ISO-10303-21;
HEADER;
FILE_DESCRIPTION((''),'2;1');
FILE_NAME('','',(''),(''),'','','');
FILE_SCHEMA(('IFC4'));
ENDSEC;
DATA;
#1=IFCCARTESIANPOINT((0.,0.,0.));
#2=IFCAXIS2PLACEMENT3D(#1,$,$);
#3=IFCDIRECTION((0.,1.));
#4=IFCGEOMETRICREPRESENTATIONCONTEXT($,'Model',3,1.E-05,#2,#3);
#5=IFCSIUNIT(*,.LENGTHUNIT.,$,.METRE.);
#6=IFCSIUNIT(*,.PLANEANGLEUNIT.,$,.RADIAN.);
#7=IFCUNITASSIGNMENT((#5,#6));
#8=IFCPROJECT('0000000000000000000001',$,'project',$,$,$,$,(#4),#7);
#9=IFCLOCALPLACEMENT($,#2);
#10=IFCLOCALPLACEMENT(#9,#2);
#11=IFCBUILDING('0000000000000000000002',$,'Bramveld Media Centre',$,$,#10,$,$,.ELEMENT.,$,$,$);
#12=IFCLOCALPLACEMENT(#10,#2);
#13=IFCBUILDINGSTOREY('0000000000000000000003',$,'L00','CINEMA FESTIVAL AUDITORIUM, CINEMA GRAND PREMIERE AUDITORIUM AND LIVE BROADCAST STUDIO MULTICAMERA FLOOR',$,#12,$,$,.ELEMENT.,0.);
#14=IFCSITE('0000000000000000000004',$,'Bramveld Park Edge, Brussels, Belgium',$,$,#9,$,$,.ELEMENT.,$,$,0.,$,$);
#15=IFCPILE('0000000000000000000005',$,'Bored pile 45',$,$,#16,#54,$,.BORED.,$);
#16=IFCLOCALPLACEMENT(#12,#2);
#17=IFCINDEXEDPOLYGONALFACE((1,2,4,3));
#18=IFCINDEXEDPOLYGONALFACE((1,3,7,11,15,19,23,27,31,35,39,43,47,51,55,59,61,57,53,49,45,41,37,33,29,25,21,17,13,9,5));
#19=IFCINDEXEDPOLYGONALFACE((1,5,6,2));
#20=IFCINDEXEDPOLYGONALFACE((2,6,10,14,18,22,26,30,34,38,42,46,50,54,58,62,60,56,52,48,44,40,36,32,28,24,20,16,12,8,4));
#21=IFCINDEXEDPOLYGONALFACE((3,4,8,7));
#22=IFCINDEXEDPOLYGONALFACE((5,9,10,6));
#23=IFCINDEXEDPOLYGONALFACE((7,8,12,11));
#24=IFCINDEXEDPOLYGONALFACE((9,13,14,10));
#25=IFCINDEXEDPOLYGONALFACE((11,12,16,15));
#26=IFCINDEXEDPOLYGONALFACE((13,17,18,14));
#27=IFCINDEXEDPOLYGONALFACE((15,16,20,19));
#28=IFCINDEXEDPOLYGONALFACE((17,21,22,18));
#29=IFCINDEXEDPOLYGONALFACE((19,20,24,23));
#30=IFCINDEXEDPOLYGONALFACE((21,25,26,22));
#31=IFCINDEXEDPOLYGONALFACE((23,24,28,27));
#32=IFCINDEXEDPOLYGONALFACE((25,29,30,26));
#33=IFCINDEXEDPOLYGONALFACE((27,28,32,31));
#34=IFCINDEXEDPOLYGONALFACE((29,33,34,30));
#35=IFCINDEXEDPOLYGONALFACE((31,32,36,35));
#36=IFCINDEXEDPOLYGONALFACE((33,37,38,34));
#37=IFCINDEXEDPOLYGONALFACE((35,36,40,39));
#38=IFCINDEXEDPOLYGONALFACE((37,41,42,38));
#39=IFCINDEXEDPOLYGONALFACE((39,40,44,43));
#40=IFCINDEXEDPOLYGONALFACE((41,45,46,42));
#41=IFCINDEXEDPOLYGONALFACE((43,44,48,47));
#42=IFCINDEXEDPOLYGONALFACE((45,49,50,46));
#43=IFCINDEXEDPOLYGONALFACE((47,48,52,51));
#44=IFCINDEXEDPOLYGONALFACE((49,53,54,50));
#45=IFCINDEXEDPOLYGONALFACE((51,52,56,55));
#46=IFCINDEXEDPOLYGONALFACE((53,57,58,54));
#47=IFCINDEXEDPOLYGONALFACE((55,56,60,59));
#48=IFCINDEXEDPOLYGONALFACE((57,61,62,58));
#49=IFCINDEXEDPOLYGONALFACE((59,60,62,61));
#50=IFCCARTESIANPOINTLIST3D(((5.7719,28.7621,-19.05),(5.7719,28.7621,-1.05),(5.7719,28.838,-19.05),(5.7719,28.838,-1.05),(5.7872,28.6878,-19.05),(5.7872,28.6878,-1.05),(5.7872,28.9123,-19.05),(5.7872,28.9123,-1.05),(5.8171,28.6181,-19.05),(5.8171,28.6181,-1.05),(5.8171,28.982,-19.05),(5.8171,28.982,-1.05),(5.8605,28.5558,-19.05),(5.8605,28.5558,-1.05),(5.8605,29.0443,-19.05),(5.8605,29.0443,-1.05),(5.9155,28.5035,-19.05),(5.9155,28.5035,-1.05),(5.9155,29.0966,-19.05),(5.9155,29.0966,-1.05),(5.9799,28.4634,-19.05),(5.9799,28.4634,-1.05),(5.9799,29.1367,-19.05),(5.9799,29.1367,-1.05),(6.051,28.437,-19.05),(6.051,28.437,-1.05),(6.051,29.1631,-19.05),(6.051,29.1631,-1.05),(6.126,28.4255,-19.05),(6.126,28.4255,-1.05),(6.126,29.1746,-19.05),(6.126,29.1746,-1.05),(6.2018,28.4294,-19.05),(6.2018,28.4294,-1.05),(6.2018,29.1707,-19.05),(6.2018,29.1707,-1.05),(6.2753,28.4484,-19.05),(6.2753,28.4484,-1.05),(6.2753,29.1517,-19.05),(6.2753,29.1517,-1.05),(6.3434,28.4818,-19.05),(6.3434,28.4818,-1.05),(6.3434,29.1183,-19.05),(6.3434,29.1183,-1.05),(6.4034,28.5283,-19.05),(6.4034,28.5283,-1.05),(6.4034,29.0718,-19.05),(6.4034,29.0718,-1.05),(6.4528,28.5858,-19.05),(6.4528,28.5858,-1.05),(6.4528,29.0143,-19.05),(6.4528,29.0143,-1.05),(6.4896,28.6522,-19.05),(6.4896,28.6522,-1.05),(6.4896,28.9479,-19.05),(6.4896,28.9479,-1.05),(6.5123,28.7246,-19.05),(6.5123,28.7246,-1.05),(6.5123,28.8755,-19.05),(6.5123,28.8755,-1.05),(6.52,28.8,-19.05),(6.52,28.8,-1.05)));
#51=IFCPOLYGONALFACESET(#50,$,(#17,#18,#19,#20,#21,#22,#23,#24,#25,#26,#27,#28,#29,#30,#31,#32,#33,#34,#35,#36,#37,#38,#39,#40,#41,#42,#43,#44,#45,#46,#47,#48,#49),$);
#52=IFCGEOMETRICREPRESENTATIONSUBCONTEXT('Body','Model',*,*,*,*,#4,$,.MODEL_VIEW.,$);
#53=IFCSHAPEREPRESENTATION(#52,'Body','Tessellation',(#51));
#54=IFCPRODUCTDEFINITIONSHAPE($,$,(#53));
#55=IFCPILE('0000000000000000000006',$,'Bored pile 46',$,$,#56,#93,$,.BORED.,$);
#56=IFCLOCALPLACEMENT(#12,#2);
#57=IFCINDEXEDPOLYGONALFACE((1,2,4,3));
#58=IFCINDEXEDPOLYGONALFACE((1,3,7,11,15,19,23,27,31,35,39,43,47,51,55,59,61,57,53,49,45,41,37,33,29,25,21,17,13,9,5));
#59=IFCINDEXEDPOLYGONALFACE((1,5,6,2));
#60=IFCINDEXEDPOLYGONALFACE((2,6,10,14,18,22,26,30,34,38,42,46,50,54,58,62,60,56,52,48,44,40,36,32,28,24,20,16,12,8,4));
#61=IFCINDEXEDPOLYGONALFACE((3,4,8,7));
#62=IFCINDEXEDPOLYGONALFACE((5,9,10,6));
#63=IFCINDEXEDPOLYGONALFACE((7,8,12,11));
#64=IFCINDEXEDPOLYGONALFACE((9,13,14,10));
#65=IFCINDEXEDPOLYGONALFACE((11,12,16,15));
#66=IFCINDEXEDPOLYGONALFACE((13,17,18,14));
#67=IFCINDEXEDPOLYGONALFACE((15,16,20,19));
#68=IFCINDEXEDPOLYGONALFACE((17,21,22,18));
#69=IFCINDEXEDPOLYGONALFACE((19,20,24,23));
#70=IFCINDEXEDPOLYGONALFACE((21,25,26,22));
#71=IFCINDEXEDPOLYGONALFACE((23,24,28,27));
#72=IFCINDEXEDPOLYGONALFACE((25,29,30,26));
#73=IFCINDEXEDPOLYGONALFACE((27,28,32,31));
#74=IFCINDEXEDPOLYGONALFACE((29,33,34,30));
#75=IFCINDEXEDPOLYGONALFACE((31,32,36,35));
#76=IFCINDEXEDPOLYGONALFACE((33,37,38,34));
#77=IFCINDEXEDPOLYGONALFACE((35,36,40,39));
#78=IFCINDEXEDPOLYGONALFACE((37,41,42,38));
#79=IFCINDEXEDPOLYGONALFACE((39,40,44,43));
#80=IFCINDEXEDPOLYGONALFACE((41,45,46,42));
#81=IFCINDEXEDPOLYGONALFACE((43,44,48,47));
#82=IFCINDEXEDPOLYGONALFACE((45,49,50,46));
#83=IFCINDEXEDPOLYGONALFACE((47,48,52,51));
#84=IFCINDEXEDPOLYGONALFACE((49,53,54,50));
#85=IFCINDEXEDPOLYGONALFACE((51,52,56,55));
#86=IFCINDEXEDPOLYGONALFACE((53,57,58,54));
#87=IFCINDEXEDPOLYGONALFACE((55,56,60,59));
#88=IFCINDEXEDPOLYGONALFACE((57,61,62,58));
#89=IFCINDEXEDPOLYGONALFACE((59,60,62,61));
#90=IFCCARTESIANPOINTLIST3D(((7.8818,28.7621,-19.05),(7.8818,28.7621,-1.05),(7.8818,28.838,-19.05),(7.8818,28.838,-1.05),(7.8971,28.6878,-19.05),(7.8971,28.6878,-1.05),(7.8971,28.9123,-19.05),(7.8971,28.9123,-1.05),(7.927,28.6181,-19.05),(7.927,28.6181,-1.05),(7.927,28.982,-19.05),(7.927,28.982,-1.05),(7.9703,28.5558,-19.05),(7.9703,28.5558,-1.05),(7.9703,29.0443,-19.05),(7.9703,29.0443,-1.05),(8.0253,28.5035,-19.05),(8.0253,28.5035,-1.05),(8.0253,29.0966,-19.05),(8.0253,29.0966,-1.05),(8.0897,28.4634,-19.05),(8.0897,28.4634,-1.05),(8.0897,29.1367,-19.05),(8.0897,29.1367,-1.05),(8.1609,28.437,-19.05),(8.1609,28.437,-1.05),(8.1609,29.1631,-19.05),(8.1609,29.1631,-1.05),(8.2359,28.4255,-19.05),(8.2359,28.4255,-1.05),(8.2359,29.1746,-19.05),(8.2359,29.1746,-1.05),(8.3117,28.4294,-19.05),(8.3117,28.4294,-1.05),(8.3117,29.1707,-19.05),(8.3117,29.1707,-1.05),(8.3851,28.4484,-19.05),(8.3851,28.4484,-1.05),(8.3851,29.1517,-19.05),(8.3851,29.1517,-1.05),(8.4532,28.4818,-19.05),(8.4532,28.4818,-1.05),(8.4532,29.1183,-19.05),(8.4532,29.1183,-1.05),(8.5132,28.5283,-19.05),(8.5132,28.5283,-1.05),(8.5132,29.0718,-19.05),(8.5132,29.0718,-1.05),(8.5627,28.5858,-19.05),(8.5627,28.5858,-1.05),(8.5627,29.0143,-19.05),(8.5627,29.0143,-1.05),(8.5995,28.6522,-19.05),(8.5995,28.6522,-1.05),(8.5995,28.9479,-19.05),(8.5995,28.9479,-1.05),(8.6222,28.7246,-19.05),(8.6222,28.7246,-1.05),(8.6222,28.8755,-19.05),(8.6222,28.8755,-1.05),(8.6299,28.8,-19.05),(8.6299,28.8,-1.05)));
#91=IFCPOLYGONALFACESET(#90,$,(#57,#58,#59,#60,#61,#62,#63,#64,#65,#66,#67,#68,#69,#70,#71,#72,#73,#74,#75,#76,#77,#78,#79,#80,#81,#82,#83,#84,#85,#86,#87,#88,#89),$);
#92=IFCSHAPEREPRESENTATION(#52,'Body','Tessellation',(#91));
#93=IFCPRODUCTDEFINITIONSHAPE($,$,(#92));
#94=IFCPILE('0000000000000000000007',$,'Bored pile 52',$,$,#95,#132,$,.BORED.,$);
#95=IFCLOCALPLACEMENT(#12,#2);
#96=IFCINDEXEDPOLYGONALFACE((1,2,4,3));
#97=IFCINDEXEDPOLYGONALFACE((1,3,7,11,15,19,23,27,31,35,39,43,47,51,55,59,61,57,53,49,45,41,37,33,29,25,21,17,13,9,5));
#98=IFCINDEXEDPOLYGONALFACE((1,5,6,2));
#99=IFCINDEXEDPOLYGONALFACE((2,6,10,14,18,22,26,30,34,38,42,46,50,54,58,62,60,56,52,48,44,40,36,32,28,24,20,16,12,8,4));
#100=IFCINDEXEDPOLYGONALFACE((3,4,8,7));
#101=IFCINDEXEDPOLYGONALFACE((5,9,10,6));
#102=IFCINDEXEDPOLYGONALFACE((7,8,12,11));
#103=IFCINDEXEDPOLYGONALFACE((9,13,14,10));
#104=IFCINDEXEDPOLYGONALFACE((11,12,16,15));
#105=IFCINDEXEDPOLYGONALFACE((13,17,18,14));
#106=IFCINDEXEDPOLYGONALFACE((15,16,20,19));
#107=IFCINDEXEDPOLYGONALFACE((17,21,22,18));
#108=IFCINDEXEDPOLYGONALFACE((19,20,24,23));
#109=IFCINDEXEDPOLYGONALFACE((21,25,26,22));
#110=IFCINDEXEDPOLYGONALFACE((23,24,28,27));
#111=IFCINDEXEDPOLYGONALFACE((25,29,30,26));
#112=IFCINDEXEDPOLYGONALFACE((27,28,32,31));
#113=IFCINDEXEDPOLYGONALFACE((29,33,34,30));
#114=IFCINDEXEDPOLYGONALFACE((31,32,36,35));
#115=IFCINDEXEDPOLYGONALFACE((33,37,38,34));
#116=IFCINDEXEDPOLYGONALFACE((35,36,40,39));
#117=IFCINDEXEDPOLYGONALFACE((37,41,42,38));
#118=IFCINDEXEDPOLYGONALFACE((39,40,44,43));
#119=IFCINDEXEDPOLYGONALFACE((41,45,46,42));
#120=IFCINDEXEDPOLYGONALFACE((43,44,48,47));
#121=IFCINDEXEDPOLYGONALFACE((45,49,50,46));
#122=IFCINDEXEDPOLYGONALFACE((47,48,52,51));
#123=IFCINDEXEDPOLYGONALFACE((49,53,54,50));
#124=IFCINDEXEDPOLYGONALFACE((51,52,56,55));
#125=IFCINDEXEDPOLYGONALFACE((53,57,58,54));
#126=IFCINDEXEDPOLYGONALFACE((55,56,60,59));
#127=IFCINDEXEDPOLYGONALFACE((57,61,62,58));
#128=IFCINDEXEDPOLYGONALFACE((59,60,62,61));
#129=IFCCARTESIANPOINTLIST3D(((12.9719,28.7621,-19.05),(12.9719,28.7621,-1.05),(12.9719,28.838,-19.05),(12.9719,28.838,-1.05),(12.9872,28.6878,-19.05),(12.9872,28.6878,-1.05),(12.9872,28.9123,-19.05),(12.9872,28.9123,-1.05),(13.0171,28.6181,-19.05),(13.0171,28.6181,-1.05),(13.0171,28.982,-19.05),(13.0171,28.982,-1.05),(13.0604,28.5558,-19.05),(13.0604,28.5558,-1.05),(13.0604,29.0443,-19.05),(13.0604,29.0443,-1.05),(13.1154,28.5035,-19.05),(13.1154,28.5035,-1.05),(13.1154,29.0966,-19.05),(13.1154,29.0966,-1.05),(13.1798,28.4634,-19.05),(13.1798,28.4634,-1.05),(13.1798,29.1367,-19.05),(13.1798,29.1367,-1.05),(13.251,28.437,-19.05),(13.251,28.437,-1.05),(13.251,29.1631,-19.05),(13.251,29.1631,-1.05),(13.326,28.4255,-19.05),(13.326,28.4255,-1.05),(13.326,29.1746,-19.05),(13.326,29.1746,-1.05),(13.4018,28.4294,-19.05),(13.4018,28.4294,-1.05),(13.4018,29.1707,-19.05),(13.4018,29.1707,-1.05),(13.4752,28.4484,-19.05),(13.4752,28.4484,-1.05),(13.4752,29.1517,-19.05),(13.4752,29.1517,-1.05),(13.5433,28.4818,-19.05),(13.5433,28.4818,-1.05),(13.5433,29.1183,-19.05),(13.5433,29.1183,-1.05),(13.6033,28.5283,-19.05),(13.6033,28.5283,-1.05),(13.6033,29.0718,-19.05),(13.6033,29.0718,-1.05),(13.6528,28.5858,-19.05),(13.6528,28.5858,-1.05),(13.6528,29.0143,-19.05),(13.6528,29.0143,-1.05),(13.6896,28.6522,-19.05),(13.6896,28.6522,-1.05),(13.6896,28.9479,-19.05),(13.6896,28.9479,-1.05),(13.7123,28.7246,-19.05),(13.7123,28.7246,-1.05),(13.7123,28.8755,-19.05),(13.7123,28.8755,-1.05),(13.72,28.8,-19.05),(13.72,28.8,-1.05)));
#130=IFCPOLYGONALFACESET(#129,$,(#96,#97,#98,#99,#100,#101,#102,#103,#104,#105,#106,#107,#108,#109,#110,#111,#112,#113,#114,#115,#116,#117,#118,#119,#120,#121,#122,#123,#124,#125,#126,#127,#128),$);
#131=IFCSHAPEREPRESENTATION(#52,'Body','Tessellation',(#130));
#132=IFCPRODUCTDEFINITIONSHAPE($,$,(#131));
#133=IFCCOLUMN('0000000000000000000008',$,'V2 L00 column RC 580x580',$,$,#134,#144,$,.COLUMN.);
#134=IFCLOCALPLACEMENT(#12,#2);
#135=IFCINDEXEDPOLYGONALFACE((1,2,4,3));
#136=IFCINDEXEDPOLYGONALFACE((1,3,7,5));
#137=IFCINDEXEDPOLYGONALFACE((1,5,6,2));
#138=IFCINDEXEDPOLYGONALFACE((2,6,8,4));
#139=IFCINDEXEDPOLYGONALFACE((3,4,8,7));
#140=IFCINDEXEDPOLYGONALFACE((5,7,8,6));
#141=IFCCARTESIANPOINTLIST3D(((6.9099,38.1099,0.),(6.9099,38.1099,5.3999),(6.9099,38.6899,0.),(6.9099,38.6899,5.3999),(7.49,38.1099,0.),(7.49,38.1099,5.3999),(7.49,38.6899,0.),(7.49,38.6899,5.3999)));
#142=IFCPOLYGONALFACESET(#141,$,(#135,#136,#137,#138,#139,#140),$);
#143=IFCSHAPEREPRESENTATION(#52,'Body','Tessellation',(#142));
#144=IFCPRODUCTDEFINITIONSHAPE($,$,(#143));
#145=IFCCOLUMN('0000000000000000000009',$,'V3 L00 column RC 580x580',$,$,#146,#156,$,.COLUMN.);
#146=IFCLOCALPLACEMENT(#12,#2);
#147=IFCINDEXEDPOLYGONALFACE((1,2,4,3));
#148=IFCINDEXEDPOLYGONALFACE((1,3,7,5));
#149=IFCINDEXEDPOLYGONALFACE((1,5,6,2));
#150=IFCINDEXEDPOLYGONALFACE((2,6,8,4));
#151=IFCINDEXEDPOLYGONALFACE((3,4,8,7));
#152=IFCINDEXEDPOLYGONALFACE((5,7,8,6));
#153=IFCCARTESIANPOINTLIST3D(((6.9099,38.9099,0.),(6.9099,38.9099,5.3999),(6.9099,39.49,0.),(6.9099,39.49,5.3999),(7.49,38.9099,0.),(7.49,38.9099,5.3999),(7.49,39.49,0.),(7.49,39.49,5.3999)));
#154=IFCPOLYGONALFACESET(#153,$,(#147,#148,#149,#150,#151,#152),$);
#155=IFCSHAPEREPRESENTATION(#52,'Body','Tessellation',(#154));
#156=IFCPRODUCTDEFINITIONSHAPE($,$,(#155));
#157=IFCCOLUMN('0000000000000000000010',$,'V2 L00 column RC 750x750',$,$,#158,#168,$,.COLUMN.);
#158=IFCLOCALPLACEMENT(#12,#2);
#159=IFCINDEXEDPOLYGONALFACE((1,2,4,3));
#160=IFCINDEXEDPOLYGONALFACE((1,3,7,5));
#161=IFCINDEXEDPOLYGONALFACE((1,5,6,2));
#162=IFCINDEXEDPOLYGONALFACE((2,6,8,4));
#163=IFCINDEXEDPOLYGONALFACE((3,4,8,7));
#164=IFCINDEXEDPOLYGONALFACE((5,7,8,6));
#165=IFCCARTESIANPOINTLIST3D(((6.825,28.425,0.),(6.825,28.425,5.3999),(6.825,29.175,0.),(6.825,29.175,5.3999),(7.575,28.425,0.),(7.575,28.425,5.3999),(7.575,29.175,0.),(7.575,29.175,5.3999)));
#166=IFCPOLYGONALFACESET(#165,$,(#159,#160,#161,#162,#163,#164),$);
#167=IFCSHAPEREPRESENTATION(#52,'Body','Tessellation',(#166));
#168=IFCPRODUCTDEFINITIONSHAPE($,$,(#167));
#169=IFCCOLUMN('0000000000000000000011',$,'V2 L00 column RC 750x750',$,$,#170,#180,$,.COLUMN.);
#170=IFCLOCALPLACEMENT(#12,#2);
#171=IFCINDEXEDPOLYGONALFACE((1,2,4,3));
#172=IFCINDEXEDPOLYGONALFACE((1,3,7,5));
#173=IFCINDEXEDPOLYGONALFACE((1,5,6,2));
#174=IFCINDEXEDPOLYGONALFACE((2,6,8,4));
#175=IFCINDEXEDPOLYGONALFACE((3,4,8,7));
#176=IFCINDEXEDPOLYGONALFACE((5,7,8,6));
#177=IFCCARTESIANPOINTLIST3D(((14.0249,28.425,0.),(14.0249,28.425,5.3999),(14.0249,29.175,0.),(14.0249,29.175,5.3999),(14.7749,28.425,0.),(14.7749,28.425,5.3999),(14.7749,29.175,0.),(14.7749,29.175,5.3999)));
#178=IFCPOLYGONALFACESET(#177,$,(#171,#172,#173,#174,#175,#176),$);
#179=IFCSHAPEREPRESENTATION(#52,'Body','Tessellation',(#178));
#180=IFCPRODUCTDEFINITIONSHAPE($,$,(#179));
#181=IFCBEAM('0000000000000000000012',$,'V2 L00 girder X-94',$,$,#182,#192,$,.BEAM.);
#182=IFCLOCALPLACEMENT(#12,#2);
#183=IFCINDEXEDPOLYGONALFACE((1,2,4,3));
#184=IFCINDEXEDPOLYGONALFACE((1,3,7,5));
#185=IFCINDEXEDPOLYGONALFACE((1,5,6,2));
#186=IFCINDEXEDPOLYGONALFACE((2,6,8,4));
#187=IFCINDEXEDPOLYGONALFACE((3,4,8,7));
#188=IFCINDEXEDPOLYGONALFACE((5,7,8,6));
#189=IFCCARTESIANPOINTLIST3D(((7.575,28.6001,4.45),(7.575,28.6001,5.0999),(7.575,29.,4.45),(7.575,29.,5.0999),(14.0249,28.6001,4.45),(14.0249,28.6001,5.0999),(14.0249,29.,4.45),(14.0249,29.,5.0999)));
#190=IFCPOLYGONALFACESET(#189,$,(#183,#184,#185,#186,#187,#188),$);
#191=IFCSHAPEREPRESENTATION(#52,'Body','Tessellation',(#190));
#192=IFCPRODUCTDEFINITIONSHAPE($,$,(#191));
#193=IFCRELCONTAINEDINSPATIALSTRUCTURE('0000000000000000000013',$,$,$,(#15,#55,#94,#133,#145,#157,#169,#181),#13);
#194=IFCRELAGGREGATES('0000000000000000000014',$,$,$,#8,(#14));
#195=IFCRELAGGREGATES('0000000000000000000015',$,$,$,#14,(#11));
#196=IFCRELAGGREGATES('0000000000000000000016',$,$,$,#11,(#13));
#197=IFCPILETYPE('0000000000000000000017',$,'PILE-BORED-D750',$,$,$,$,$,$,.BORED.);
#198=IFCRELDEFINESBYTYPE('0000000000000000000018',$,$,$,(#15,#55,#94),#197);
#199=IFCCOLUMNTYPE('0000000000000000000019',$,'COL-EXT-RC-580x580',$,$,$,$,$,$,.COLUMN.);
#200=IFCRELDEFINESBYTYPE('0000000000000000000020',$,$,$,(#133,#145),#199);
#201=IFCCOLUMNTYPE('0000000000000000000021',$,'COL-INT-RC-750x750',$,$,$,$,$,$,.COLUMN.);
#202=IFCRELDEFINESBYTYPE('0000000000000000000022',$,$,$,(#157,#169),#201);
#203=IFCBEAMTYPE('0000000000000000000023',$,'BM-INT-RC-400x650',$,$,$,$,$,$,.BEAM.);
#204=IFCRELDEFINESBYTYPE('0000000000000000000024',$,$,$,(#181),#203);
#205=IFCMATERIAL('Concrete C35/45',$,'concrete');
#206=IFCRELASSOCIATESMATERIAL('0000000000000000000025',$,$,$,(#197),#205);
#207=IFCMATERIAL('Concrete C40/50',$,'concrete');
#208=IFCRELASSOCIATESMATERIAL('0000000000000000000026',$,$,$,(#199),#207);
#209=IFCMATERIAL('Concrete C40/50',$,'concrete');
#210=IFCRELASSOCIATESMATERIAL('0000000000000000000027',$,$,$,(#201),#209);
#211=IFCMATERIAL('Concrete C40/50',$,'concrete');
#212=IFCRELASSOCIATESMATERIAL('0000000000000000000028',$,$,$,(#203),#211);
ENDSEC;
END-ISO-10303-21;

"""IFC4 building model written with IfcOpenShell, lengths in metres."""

from ifc_helpers import new_model, si_unit, direction, frame, origin, origin_2d, place, context, subcontext, project, spatial, rectangle, circle, extrude, material, material_profile, profile_set, type_object, element, save


model = new_model("IFC4")

# Units and contexts
model_context = context("Model", 3, precision=1e-05, world=origin(), true_north=direction((0.0, 1.0)))
body_context = subcontext(model_context, "Body", "Model", "MODEL_VIEW")
ifc_project = project(units=[si_unit("LENGTHUNIT", "METRE"), si_unit("PLANEANGLEUNIT", "RADIAN")], contexts=[model_context])

# Site, building, storey
site_placement = place(None, origin())
site = spatial("IfcSite", under=ifc_project, at=site_placement, Name="Bramveld Park Edge, Brussels, Belgium", CompositionType="ELEMENT", RefElevation=0.0)
building_placement = place(site_placement, origin())
building = spatial("IfcBuilding", under=site, at=building_placement, Name="Bramveld Media Centre", CompositionType="ELEMENT")
storey_placement = place(building_placement, origin())
storey = spatial("IfcBuildingStorey", under=building, at=storey_placement, Name="L00", Description="CINEMA FESTIVAL AUDITORIUM, CINEMA GRAND PREMIERE AUDITORIUM AND LIVE BROADCAST STUDIO MULTICAMERA FLOOR", CompositionType="ELEMENT", Elevation=0.0)

# Piles
ifc_material_1 = material(Name="Concrete C35/45", Category="concrete")
ifc_material_profile_1 = material_profile(ifc_material_1, circle(Radius=0.375, at=origin_2d()), Name="BORED D750")
ifc_profile_set_1 = profile_set([ifc_material_profile_1], Name="Concrete C35/45")
pile_type_1 = type_object("IfcPileType", Name="PILE-BORED-D750", PredefinedType="BORED", material=ifc_profile_set_1)
for number, where, z_axis, x_axis, name in (
    (1, (6.145, 28.8, -1.05), (0.0, 0.0, -1.0), (1.0, 0.0, 0.0), "Bored pile 45"),
    (2, (8.2549, 28.8, -1.05), (0.0, 0.0, -1.0), (1.0, 0.0, 0.0), "Bored pile 46"),
    (3, (13.345, 28.8, -1.05), (0.0, 0.0, -1.0), (1.0, 0.0, 0.0), "Bored pile 52"),
):
    element("IfcPile", number, at=place(storey_placement, frame(where, z_axis=z_axis, x_axis=x_axis)), inside=storey, type_object=pile_type_1, Name=name, PredefinedType="BORED", context=body_context, shape_type="SweptSolid", body=[
        extrude(circle(Radius=0.375, at=origin_2d()), origin(), (0.0, 0.0, 1.0), 18.0),
    ])

# Columns
ifc_material_2 = material(Name="Concrete C40/50", Category="concrete")
ifc_material_profile_2 = material_profile(ifc_material_2, rectangle(XDim=0.5801, YDim=0.5801, at=origin_2d()), Name="RC 580x580")
ifc_profile_set_2 = profile_set([ifc_material_profile_2], Name="Concrete C40/50")
column_type_1 = type_object("IfcColumnType", Name="COL-EXT-RC-580x580", PredefinedType="COLUMN", material=ifc_profile_set_2)
for number, where, z_axis, x_axis, name in (
    (4, (7.2, 38.3999, 0.0), (0.0, 0.0, 1.0), (1.0, 0.0, 0.0), "V2 L00 column RC 580x580"),
    (5, (7.2, 39.2, 0.0), (0.0, 0.0, 1.0), (1.0, 0.0, 0.0), "V3 L00 column RC 580x580"),
):
    element("IfcColumn", number, at=place(storey_placement, frame(where, z_axis=z_axis, x_axis=x_axis)), inside=storey, type_object=column_type_1, Name=name, PredefinedType="COLUMN", context=body_context, shape_type="SweptSolid", body=[
        extrude(rectangle(XDim=0.5801, YDim=0.5801, at=origin_2d()), origin(), (0.0, 0.0, 1.0), 5.3999),
    ])
ifc_material_3 = material(Name="Concrete C40/50", Category="concrete")
ifc_material_profile_3 = material_profile(ifc_material_3, rectangle(XDim=0.75, YDim=0.75, at=origin_2d()), Name="RC 750x750")
ifc_profile_set_3 = profile_set([ifc_material_profile_3], Name="Concrete C40/50")
column_type_2 = type_object("IfcColumnType", Name="COL-INT-RC-750x750", PredefinedType="COLUMN", material=ifc_profile_set_3)
for number, where, z_axis, x_axis, name in (
    (6, (7.2, 28.8, 0.0), (0.0, 0.0, 1.0), (1.0, 0.0, 0.0), "V2 L00 column RC 750x750"),
    (7, (14.3999, 28.8, 0.0), (0.0, 0.0, 1.0), (1.0, 0.0, 0.0), "V2 L00 column RC 750x750"),
):
    element("IfcColumn", number, at=place(storey_placement, frame(where, z_axis=z_axis, x_axis=x_axis)), inside=storey, type_object=column_type_2, Name=name, PredefinedType="COLUMN", context=body_context, shape_type="SweptSolid", body=[
        extrude(rectangle(XDim=0.75, YDim=0.75, at=origin_2d()), origin(), (0.0, 0.0, 1.0), 5.3999),
    ])

# Beam
ifc_material_4 = material(Name="Concrete C40/50", Category="concrete")
ifc_material_profile_4 = material_profile(ifc_material_4, rectangle(XDim=0.3999, YDim=0.6499, at=origin_2d()), Name="RC 400x650")
ifc_profile_set_4 = profile_set([ifc_material_profile_4], Name="Concrete C40/50")
beam_type_1 = type_object("IfcBeamType", Name="BM-INT-RC-400x650", PredefinedType="BEAM", material=ifc_profile_set_4)
beam_1_placement = place(storey_placement, frame((7.575, 28.8, 4.7749), z_axis=(1.0, 0.0, 0.0), x_axis=(0.0, 1.0, 0.0)))
element("IfcBeam", 8, at=beam_1_placement, inside=storey, type_object=beam_type_1, Name="V2 L00 girder X-94", PredefinedType="BEAM", context=body_context, shape_type="SweptSolid", body=[
    extrude(rectangle(XDim=0.3999, YDim=0.6499, at=origin_2d()), origin(), (0.0, 0.0, 1.0), 6.45),
])

save(model, "model.ifc")
